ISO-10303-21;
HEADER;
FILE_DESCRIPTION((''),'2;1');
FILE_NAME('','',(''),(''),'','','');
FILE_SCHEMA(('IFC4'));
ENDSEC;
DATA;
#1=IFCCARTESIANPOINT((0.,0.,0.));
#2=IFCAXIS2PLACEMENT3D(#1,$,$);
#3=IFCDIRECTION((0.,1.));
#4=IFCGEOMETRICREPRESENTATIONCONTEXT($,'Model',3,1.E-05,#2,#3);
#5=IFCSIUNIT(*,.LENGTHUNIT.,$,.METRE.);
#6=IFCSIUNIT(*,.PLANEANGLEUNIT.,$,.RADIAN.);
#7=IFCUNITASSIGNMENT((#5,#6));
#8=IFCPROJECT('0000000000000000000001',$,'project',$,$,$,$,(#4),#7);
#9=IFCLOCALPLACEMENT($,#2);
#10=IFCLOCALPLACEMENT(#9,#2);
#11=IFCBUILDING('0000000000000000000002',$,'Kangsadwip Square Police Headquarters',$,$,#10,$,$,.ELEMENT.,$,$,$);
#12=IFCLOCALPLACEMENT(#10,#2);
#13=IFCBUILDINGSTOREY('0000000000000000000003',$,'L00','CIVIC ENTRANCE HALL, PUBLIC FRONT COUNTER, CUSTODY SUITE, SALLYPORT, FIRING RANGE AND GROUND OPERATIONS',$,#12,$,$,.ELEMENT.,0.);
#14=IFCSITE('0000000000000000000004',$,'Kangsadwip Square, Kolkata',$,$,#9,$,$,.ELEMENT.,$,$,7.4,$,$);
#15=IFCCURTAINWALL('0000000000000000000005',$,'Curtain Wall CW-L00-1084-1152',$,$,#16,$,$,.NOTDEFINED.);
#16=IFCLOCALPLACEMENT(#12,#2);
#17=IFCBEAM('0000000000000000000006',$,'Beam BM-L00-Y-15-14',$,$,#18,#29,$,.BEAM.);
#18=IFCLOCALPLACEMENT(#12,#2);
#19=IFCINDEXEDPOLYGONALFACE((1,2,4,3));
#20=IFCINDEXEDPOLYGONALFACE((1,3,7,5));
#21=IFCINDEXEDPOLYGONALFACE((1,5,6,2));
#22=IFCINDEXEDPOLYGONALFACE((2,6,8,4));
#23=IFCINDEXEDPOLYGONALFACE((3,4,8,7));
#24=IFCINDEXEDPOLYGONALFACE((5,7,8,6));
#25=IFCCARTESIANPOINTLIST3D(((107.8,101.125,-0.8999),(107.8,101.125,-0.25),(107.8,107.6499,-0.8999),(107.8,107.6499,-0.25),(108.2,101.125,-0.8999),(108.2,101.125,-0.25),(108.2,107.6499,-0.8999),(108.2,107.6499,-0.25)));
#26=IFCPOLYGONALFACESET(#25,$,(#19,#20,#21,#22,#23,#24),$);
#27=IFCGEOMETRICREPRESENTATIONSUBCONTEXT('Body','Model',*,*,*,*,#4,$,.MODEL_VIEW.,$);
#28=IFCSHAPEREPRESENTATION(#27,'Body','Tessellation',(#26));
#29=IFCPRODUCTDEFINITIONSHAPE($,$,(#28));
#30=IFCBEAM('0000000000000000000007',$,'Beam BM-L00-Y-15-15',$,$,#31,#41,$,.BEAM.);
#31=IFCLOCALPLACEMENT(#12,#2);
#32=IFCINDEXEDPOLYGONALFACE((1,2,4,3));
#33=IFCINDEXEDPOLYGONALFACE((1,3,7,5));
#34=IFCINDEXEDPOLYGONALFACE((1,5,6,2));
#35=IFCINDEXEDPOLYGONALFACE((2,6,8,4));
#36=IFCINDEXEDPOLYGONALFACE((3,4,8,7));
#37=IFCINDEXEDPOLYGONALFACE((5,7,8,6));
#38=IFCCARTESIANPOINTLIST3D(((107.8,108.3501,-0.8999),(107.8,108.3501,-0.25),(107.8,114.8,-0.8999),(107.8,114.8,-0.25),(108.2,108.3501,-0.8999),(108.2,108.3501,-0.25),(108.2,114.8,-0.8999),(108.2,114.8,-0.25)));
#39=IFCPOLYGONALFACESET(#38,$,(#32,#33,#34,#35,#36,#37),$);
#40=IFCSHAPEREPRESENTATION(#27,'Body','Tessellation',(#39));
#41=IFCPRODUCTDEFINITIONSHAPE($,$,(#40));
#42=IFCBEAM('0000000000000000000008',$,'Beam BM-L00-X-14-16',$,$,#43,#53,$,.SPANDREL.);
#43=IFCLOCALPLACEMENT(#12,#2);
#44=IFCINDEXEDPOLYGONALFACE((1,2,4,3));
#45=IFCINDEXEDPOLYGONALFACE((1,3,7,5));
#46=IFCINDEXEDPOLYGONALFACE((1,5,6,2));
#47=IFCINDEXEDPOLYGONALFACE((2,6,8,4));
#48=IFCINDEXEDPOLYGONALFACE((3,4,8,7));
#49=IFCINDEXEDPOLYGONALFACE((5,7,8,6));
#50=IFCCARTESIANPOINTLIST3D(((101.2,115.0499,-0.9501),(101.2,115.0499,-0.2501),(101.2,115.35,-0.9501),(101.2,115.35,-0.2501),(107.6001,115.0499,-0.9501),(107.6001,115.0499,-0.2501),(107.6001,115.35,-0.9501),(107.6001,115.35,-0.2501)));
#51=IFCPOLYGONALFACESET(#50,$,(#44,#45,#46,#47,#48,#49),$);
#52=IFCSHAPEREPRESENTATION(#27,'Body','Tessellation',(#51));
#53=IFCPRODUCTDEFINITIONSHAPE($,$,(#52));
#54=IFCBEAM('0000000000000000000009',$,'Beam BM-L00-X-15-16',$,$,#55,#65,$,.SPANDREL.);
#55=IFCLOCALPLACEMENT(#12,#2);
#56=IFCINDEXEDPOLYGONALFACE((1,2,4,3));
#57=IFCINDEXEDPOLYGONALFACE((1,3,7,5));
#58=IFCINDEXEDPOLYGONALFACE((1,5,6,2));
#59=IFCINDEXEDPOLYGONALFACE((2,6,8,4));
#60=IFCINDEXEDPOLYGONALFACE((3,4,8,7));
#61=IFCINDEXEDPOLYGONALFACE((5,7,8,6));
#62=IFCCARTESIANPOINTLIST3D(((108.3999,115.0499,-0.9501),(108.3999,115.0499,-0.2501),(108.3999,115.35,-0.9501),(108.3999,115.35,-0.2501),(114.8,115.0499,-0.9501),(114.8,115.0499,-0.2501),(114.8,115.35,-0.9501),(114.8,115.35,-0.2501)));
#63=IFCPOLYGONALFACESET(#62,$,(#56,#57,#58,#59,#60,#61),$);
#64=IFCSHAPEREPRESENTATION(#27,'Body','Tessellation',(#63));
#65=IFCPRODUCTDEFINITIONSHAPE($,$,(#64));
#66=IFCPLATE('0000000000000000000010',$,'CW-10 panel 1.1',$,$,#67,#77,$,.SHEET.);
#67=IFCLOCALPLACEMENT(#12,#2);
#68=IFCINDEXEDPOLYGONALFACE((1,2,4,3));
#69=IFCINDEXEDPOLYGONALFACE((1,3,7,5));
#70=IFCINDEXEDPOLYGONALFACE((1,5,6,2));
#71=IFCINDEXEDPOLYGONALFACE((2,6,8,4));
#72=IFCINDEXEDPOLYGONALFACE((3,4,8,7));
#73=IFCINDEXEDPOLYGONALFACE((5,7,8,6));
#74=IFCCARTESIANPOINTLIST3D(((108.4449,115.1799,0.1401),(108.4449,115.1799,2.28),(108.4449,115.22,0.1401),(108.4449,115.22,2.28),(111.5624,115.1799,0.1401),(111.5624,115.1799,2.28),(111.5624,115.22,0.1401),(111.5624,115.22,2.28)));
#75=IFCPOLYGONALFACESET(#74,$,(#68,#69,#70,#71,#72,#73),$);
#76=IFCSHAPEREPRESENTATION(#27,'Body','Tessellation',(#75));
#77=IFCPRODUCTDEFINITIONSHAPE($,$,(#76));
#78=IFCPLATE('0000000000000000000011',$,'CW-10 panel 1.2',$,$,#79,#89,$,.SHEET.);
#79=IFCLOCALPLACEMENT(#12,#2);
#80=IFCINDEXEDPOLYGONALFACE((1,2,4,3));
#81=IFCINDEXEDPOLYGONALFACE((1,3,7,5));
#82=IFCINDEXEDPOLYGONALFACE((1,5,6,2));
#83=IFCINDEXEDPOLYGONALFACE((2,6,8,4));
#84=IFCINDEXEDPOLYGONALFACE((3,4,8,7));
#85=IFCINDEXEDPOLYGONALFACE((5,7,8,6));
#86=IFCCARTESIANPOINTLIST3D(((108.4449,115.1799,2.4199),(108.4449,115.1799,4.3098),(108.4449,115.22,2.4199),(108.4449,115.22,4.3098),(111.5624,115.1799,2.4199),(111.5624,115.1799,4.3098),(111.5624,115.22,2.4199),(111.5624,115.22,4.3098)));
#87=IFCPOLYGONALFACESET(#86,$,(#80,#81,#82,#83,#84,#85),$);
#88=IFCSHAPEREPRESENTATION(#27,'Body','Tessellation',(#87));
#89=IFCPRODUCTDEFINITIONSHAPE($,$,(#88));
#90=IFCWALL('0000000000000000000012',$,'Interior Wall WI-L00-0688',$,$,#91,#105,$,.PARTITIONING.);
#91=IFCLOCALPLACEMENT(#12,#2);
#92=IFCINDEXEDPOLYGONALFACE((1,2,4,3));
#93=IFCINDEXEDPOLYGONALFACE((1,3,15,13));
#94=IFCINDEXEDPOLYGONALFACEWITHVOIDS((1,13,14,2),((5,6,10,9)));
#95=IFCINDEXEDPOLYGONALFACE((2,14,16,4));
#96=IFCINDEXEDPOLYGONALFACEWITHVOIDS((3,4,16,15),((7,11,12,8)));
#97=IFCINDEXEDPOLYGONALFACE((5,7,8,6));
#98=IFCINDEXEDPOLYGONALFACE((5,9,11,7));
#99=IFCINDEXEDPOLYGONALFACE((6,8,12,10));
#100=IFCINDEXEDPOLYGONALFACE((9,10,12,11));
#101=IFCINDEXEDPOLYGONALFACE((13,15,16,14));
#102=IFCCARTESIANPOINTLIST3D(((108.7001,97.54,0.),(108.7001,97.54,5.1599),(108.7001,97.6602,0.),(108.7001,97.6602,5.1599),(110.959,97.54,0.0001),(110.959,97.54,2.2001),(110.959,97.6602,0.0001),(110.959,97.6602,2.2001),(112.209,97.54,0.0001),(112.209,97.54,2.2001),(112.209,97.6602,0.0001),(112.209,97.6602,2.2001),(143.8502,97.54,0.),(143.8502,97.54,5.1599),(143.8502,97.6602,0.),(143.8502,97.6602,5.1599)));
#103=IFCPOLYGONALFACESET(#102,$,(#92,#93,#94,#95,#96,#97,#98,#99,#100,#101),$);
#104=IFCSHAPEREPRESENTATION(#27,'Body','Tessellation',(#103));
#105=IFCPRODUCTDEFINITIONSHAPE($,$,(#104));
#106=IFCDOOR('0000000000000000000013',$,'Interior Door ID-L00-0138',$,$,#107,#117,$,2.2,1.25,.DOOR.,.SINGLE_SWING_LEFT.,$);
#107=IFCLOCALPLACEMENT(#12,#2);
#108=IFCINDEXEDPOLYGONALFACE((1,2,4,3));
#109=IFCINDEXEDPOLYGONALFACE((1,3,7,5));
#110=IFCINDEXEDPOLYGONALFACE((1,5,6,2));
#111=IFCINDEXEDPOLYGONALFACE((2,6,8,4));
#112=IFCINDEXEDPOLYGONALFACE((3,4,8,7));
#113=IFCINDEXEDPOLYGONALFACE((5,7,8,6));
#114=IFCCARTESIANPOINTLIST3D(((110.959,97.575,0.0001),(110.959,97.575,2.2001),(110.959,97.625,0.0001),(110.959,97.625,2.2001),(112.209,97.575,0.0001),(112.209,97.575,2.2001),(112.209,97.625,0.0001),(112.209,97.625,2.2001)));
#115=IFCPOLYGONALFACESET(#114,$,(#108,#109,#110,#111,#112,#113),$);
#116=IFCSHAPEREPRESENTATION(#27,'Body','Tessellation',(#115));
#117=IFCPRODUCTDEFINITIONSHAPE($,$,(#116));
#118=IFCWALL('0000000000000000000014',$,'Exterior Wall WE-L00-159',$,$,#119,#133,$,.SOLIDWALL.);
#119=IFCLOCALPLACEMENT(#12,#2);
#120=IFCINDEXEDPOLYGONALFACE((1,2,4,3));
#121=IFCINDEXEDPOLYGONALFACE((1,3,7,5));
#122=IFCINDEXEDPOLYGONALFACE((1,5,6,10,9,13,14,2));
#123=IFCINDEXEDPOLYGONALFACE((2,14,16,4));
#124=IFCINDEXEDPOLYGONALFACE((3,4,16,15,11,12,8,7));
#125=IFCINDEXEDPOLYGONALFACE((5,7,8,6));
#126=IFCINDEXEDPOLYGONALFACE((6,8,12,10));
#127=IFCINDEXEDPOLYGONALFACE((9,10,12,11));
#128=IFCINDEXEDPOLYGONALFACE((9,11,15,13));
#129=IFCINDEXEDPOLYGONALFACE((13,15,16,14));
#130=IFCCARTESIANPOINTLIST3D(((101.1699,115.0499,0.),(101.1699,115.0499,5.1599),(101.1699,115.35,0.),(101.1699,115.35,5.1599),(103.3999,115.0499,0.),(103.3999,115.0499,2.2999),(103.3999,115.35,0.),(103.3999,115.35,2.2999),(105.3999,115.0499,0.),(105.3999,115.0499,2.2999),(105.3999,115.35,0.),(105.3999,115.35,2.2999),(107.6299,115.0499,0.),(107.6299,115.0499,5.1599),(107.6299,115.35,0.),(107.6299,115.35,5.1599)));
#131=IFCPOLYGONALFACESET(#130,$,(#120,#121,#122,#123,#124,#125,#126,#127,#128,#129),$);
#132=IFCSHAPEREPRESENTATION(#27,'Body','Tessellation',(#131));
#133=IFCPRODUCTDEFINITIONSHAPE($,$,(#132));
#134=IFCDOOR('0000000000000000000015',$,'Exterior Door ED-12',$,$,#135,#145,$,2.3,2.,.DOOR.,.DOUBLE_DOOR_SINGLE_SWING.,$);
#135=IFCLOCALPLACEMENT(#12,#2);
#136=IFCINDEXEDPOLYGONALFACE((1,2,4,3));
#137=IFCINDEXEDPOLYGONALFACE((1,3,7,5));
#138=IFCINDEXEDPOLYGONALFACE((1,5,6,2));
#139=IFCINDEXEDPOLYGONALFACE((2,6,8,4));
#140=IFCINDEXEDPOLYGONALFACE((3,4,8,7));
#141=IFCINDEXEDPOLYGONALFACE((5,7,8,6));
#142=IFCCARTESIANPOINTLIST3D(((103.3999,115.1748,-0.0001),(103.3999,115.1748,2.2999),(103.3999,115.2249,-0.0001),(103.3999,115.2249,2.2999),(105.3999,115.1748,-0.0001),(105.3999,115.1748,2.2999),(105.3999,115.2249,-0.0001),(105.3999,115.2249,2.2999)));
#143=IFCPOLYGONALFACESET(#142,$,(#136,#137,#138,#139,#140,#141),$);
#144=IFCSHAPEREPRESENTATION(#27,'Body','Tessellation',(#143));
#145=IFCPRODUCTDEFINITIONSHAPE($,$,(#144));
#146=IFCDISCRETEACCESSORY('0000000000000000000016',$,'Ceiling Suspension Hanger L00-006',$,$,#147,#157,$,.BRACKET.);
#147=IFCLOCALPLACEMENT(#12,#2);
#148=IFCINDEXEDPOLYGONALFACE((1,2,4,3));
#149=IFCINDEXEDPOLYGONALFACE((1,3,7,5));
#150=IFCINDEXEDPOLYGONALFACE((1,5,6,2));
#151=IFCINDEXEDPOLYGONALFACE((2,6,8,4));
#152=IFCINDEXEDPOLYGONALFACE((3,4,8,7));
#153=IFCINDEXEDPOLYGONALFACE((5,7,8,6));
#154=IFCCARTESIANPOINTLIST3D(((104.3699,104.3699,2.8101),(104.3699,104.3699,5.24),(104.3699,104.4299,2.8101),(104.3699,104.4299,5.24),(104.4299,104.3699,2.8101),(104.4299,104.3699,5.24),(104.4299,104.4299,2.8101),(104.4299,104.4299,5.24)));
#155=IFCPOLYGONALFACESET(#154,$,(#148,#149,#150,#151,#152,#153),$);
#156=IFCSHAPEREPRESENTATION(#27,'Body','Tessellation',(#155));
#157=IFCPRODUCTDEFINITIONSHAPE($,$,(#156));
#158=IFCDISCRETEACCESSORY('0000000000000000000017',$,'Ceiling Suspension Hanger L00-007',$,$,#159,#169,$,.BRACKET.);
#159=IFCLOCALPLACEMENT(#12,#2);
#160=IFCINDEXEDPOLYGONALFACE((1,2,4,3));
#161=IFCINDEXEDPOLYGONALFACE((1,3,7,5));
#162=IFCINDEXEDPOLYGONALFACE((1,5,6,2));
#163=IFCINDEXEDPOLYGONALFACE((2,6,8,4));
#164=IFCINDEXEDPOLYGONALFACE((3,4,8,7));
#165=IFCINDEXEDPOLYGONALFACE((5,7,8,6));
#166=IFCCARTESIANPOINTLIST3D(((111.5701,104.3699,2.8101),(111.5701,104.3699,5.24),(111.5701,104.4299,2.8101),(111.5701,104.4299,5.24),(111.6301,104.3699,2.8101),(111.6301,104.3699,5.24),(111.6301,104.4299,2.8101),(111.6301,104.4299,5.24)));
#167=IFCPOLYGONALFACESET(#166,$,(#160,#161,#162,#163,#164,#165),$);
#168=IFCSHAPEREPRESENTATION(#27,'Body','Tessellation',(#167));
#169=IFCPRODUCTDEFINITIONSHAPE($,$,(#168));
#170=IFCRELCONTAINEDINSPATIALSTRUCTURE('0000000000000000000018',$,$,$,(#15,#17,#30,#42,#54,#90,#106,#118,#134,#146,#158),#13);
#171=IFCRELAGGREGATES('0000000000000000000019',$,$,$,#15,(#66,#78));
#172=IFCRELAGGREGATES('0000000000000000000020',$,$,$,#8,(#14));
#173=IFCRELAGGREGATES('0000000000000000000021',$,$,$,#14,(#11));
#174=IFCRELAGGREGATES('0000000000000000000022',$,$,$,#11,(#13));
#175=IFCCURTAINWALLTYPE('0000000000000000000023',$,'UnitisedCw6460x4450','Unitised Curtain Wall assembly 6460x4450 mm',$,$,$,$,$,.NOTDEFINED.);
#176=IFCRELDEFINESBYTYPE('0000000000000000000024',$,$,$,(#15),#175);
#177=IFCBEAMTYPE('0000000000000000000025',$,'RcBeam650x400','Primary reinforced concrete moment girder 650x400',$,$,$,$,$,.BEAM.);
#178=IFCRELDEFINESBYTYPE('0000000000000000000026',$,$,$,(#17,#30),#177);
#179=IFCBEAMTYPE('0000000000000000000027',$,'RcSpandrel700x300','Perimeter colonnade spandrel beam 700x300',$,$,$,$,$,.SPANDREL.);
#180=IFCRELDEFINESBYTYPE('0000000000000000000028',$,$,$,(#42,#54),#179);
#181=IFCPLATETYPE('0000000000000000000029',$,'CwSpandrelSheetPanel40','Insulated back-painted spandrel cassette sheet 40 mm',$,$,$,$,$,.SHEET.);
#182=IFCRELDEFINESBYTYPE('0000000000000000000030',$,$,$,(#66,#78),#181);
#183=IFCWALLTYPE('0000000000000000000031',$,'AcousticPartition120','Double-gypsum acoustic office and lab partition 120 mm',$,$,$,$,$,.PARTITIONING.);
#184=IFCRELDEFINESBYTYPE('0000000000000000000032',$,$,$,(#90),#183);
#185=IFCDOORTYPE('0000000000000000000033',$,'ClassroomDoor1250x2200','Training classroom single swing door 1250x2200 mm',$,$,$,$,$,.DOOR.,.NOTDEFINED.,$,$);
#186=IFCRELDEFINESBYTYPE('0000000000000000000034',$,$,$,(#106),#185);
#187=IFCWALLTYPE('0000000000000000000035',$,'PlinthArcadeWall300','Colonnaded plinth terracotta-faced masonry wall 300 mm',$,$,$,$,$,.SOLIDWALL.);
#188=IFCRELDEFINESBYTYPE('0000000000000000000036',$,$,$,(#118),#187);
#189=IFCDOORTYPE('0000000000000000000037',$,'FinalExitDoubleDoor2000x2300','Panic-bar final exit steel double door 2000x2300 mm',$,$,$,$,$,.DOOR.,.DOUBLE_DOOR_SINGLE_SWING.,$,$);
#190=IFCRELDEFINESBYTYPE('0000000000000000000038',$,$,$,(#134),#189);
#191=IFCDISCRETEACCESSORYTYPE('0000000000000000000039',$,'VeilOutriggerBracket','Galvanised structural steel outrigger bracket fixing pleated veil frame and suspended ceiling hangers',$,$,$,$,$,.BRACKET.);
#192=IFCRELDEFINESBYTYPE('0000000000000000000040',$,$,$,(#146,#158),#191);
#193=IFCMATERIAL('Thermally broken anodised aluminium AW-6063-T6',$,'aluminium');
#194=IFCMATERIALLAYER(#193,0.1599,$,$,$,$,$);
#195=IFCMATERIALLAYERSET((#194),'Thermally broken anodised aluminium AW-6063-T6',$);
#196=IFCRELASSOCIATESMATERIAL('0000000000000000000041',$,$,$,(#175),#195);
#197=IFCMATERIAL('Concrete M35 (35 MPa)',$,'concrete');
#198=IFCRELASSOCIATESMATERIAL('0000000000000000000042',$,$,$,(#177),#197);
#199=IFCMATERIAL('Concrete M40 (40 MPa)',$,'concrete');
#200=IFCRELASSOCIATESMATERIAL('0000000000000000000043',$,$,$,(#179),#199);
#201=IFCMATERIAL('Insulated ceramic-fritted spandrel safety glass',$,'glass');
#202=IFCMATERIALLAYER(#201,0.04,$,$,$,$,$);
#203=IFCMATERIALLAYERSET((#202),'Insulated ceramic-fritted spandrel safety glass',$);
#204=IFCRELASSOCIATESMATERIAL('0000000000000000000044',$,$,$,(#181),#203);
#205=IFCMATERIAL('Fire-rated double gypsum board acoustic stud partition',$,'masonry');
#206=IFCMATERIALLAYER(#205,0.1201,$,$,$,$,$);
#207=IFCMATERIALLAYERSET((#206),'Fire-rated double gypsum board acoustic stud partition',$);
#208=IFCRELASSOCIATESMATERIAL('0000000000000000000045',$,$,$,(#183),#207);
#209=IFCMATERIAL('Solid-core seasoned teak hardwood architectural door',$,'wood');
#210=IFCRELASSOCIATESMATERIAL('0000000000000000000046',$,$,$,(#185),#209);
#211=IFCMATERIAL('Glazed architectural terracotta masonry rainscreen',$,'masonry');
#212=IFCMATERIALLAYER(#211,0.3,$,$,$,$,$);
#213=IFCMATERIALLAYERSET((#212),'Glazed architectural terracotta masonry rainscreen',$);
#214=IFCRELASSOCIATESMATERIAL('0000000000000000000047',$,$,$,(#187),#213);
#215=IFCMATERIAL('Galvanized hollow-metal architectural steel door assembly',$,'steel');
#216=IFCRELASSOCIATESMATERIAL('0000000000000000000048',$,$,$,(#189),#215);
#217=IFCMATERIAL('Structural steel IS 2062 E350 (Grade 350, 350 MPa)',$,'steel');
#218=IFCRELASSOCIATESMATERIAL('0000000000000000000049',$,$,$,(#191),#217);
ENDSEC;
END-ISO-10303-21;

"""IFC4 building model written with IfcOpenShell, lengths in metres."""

from ifc_helpers import new_model, si_unit, direction, frame, frame_2d, origin, origin_2d, place, context, subcontext, project, spatial, rectangle, extrude, material, layer, layer_set, material_profile, profile_set, type_object, element, fill, aggregate, save


model = new_model("IFC4")

# Units and contexts
model_context = context("Model", 3, precision=1e-05, world=origin(), true_north=direction((0.0, 1.0)))
body_context = subcontext(model_context, "Body", "Model", "MODEL_VIEW")
ifc_project = project(units=[si_unit("LENGTHUNIT", "METRE"), si_unit("PLANEANGLEUNIT", "RADIAN")], contexts=[model_context])

# Site, building, storey
site_placement = place(None, origin())
site = spatial("IfcSite", under=ifc_project, at=site_placement, Name="Kangsadwip Square, Kolkata", CompositionType="ELEMENT", RefElevation=7.4)
building_placement = place(site_placement, origin())
building = spatial("IfcBuilding", under=site, at=building_placement, Name="Kangsadwip Square Police Headquarters", CompositionType="ELEMENT")
storey_placement = place(building_placement, origin())
storey = spatial("IfcBuildingStorey", under=building, at=storey_placement, Name="L00", Description="CIVIC ENTRANCE HALL, PUBLIC FRONT COUNTER, CUSTODY SUITE, SALLYPORT, FIRING RANGE AND GROUND OPERATIONS", CompositionType="ELEMENT", Elevation=0.0)

# Curtain wall
ifc_material_1 = material(Name="Thermally broken anodised aluminium AW-6063-T6", Category="aluminium")
ifc_layer_1 = layer(ifc_material_1, 0.1599)
ifc_layer_set_1 = layer_set([ifc_layer_1], Name="Thermally broken anodised aluminium AW-6063-T6")
curtain_wall_type = type_object("IfcCurtainWallType", Name="UnitisedCw6460x4450", Description="Unitised Curtain Wall assembly 6460x4450 mm", PredefinedType="NOTDEFINED", material=ifc_layer_set_1)
curtain_wall_placement = place(storey_placement, origin())
curtain_wall = element("IfcCurtainWall", 1, at=curtain_wall_placement, inside=storey, type_object=curtain_wall_type, Name="Curtain Wall CW-L00-1084-1152", PredefinedType="NOTDEFINED")

# Beams
ifc_material_2 = material(Name="Concrete M35 (35 MPa)", Category="concrete")
ifc_material_profile_1 = material_profile(ifc_material_2, rectangle(XDim=0.3999, YDim=0.6499, at=origin_2d()), Name="RC BM 650X400")
ifc_profile_set_1 = profile_set([ifc_material_profile_1], Name="Concrete M35 (35 MPa)")
beam_type_1 = type_object("IfcBeamType", Name="RcBeam650x400", Description="Primary reinforced concrete moment girder 650x400", PredefinedType="BEAM", material=ifc_profile_set_1)
beam_1_placement = place(storey_placement, frame((108.0, 101.125, -0.575), z_axis=(0.0, 1.0, 0.0), x_axis=(-1.0, 0.0, 0.0)))
element("IfcBeam", 2, at=beam_1_placement, inside=storey, type_object=beam_type_1, Name="Beam BM-L00-Y-15-14", PredefinedType="BEAM", context=body_context, shape_type="SweptSolid", body=[
    extrude(rectangle(XDim=0.3999, YDim=0.6499, at=origin_2d()), origin(), (0.0, 0.0, 1.0), 6.5249),
])
beam_2_placement = place(storey_placement, frame((108.0, 108.3501, -0.575), z_axis=(0.0, 1.0, 0.0), x_axis=(-1.0, 0.0, 0.0)))
element("IfcBeam", 3, at=beam_2_placement, inside=storey, type_object=beam_type_1, Name="Beam BM-L00-Y-15-15", PredefinedType="BEAM", context=body_context, shape_type="SweptSolid", body=[
    extrude(rectangle(XDim=0.3999, YDim=0.6499, at=origin_2d()), origin(), (0.0, 0.0, 1.0), 6.45),
])
ifc_material_3 = material(Name="Concrete M40 (40 MPa)", Category="concrete")
ifc_material_profile_2 = material_profile(ifc_material_3, rectangle(XDim=0.3, YDim=0.7, at=origin_2d()), Name="RC SPN 700X300")
ifc_profile_set_2 = profile_set([ifc_material_profile_2], Name="Concrete M40 (40 MPa)")
beam_type_2 = type_object("IfcBeamType", Name="RcSpandrel700x300", Description="Perimeter colonnade spandrel beam 700x300", PredefinedType="SPANDREL", material=ifc_profile_set_2)
for number, where, z_axis, x_axis, name in (
    (4, (101.2, 115.2, -0.6001), (1.0, 0.0, 0.0), (0.0, 1.0, 0.0), "Beam BM-L00-X-14-16"),
    (5, (108.3999, 115.2, -0.6001), (1.0, 0.0, 0.0), (0.0, 1.0, 0.0), "Beam BM-L00-X-15-16"),
):
    element("IfcBeam", number, at=place(storey_placement, frame(where, z_axis=z_axis, x_axis=x_axis)), inside=storey, type_object=beam_type_2, Name=name, PredefinedType="SPANDREL", context=body_context, shape_type="SweptSolid", body=[
        extrude(rectangle(XDim=0.3, YDim=0.7, at=origin_2d()), origin(), (0.0, 0.0, 1.0), 6.4001),
    ])

# Plates
ifc_material_4 = material(Name="Insulated ceramic-fritted spandrel safety glass", Category="glass")
ifc_layer_2 = layer(ifc_material_4, 0.04)
ifc_layer_set_2 = layer_set([ifc_layer_2], Name="Insulated ceramic-fritted spandrel safety glass")
plate_type = type_object("IfcPlateType", Name="CwSpandrelSheetPanel40", Description="Insulated back-painted spandrel cassette sheet 40 mm", PredefinedType="SHEET", material=ifc_layer_set_2)
plate_1_placement = place(storey_placement, frame((110.0037, 115.2, 0.1401), z_axis=(0.0, 0.0, 1.0), x_axis=(1.0, 0.0, 0.0)))
plate_1 = element("IfcPlate", 6, at=plate_1_placement, type_object=plate_type, Name="CW-10 panel 1.1", PredefinedType="SHEET", context=body_context, shape_type="SweptSolid", body=[
    extrude(rectangle(XDim=3.1174, YDim=0.04, at=origin_2d()), origin(), (0.0, 0.0, 1.0), 2.1399),
])
plate_2_placement = place(storey_placement, frame((110.0037, 115.2, 2.4199), z_axis=(0.0, 0.0, 1.0), x_axis=(1.0, 0.0, 0.0)))
plate_2 = element("IfcPlate", 7, at=plate_2_placement, type_object=plate_type, Name="CW-10 panel 1.2", PredefinedType="SHEET", context=body_context, shape_type="SweptSolid", body=[
    extrude(rectangle(XDim=3.1174, YDim=0.04, at=origin_2d()), origin(), (0.0, 0.0, 1.0), 1.8899),
])
aggregate(curtain_wall, [plate_1, plate_2])

# Walls, openings, doors
ifc_material_5 = material(Name="Fire-rated double gypsum board acoustic stud partition", Category="masonry")
ifc_layer_3 = layer(ifc_material_5, 0.1201)
ifc_layer_set_3 = layer_set([ifc_layer_3], Name="Fire-rated double gypsum board acoustic stud partition")
wall_type_1 = type_object("IfcWallType", Name="AcousticPartition120", Description="Double-gypsum acoustic office and lab partition 120 mm", PredefinedType="PARTITIONING", material=ifc_layer_set_3)
wall_1_placement = place(storey_placement, frame((108.7, 97.6001, 0.0), z_axis=(0.0, 0.0, 1.0), x_axis=(1.0, 0.0, 0.0)))
wall_1 = element("IfcWall", 8, at=wall_1_placement, inside=storey, type_object=wall_type_1, Name="Interior Wall WI-L00-0688", PredefinedType="PARTITIONING", context=body_context, shape_type="SweptSolid", body=[
    extrude(rectangle(XDim=35.1501, YDim=0.1201, at=frame_2d((17.5752, 0.0))), origin(), (0.0, 0.0, 1.0), 5.1599),
])
opening_1_placement = place(wall_1_placement, frame((2.259, 0.0, 0.0)))
opening_1 = element("IfcOpeningElement", 9, at=opening_1_placement, cuts=wall_1, PredefinedType="OPENING", context=body_context, shape_type="SweptSolid", body=[
    extrude(rectangle(XDim=1.25, YDim=2.2, at=frame_2d((0.625, 1.1001))), frame((0.0, 0.0701, 0.0), z_axis=(0.0, -1.0, 0.0), x_axis=(1.0, 0.0, 0.0)), (0.0, 0.0, 1.0), 0.1401),
])
ifc_material_6 = material(Name="Solid-core seasoned teak hardwood architectural door", Category="wood")
door_type_1 = type_object("IfcDoorType", Name="ClassroomDoor1250x2200", Description="Training classroom single swing door 1250x2200 mm", OperationType="NOTDEFINED", PredefinedType="DOOR", material=ifc_material_6)
door_1_placement = place(opening_1_placement, origin())
door_1 = element("IfcDoor", 10, at=door_1_placement, inside=storey, type_object=door_type_1, Name="Interior Door ID-L00-0138", OperationType="SINGLE_SWING_LEFT", OverallHeight=2.2, OverallWidth=1.25, PredefinedType="DOOR", context=body_context, shape_type="SweptSolid", body=[
    extrude(rectangle(XDim=1.25, YDim=2.2, at=frame_2d((0.625, 1.1001))), frame((0.0, 0.0249, 0.0), z_axis=(0.0, -1.0, 0.0), x_axis=(1.0, 0.0, 0.0)), (0.0, 0.0, 1.0), 0.05),
])
fill(opening_1, door_1)
ifc_material_7 = material(Name="Glazed architectural terracotta masonry rainscreen", Category="masonry")
ifc_layer_4 = layer(ifc_material_7, 0.3)
ifc_layer_set_4 = layer_set([ifc_layer_4], Name="Glazed architectural terracotta masonry rainscreen")
wall_type_2 = type_object("IfcWallType", Name="PlinthArcadeWall300", Description="Colonnaded plinth terracotta-faced masonry wall 300 mm", PredefinedType="SOLIDWALL", material=ifc_layer_set_4)
wall_2_placement = place(storey_placement, frame((101.1699, 115.2, 0.0), z_axis=(0.0, 0.0, 1.0), x_axis=(1.0, 0.0, 0.0)))
wall_2 = element("IfcWall", 11, at=wall_2_placement, inside=storey, type_object=wall_type_2, Name="Exterior Wall WE-L00-159", PredefinedType="SOLIDWALL", context=body_context, shape_type="SweptSolid", body=[
    extrude(rectangle(XDim=6.46, YDim=0.3, at=frame_2d((3.23, 0.0))), origin(), (0.0, 0.0, 1.0), 5.1599),
])
opening_2_placement = place(wall_2_placement, frame((2.23, 0.0, 0.0)))
opening_2 = element("IfcOpeningElement", 12, at=opening_2_placement, cuts=wall_2, PredefinedType="OPENING", context=body_context, shape_type="SweptSolid", body=[
    extrude(rectangle(XDim=2.0, YDim=2.3, at=frame_2d((1.0, 1.1499))), frame((0.0, 0.1599, 0.0), z_axis=(0.0, -1.0, 0.0), x_axis=(1.0, 0.0, 0.0)), (0.0, 0.0, 1.0), 0.3201),
])
ifc_material_8 = material(Name="Galvanized hollow-metal architectural steel door assembly", Category="steel")
door_type_2 = type_object("IfcDoorType", Name="FinalExitDoubleDoor2000x2300", Description="Panic-bar final exit steel double door 2000x2300 mm", OperationType="DOUBLE_DOOR_SINGLE_SWING", PredefinedType="DOOR", material=ifc_material_8)
door_2_placement = place(opening_2_placement, origin())
door_2 = element("IfcDoor", 13, at=door_2_placement, inside=storey, type_object=door_type_2, Name="Exterior Door ED-12", OperationType="DOUBLE_DOOR_SINGLE_SWING", OverallHeight=2.3, OverallWidth=2.0, PredefinedType="DOOR", context=body_context, shape_type="SweptSolid", body=[
    extrude(rectangle(XDim=2.0, YDim=2.3, at=frame_2d((1.0, 1.1499))), frame((0.0, 0.0249, 0.0), z_axis=(0.0, -1.0, 0.0), x_axis=(1.0, 0.0, 0.0)), (0.0, 0.0, 1.0), 0.05),
])
fill(opening_2, door_2)

# Discrete accessories
ifc_material_9 = material(Name="Structural steel IS 2062 E350 (Grade 350, 350 MPa)", Category="steel")
discrete_accessory_type = type_object("IfcDiscreteAccessoryType", Name="VeilOutriggerBracket", Description="Galvanised structural steel outrigger bracket fixing pleated veil frame and suspended ceiling hangers", PredefinedType="BRACKET", material=ifc_material_9)
for number, where, z_axis, x_axis, name in (
    (14, (104.3999, 104.3999, 2.8101), (0.0, 0.0, 1.0), (1.0, 0.0, 0.0), "Ceiling Suspension Hanger L00-006"),
    (15, (111.6001, 104.3999, 2.8101), (0.0, 0.0, 1.0), (1.0, 0.0, 0.0), "Ceiling Suspension Hanger L00-007"),
):
    element("IfcDiscreteAccessory", number, at=place(storey_placement, frame(where, z_axis=z_axis, x_axis=x_axis)), inside=storey, type_object=discrete_accessory_type, Name=name, PredefinedType="BRACKET", context=body_context, shape_type="SweptSolid", body=[
        extrude(rectangle(XDim=0.0601, YDim=0.0601, at=origin_2d()), origin(), (0.0, 0.0, 1.0), 2.4299),
    ])

save(model, "model.ifc")
